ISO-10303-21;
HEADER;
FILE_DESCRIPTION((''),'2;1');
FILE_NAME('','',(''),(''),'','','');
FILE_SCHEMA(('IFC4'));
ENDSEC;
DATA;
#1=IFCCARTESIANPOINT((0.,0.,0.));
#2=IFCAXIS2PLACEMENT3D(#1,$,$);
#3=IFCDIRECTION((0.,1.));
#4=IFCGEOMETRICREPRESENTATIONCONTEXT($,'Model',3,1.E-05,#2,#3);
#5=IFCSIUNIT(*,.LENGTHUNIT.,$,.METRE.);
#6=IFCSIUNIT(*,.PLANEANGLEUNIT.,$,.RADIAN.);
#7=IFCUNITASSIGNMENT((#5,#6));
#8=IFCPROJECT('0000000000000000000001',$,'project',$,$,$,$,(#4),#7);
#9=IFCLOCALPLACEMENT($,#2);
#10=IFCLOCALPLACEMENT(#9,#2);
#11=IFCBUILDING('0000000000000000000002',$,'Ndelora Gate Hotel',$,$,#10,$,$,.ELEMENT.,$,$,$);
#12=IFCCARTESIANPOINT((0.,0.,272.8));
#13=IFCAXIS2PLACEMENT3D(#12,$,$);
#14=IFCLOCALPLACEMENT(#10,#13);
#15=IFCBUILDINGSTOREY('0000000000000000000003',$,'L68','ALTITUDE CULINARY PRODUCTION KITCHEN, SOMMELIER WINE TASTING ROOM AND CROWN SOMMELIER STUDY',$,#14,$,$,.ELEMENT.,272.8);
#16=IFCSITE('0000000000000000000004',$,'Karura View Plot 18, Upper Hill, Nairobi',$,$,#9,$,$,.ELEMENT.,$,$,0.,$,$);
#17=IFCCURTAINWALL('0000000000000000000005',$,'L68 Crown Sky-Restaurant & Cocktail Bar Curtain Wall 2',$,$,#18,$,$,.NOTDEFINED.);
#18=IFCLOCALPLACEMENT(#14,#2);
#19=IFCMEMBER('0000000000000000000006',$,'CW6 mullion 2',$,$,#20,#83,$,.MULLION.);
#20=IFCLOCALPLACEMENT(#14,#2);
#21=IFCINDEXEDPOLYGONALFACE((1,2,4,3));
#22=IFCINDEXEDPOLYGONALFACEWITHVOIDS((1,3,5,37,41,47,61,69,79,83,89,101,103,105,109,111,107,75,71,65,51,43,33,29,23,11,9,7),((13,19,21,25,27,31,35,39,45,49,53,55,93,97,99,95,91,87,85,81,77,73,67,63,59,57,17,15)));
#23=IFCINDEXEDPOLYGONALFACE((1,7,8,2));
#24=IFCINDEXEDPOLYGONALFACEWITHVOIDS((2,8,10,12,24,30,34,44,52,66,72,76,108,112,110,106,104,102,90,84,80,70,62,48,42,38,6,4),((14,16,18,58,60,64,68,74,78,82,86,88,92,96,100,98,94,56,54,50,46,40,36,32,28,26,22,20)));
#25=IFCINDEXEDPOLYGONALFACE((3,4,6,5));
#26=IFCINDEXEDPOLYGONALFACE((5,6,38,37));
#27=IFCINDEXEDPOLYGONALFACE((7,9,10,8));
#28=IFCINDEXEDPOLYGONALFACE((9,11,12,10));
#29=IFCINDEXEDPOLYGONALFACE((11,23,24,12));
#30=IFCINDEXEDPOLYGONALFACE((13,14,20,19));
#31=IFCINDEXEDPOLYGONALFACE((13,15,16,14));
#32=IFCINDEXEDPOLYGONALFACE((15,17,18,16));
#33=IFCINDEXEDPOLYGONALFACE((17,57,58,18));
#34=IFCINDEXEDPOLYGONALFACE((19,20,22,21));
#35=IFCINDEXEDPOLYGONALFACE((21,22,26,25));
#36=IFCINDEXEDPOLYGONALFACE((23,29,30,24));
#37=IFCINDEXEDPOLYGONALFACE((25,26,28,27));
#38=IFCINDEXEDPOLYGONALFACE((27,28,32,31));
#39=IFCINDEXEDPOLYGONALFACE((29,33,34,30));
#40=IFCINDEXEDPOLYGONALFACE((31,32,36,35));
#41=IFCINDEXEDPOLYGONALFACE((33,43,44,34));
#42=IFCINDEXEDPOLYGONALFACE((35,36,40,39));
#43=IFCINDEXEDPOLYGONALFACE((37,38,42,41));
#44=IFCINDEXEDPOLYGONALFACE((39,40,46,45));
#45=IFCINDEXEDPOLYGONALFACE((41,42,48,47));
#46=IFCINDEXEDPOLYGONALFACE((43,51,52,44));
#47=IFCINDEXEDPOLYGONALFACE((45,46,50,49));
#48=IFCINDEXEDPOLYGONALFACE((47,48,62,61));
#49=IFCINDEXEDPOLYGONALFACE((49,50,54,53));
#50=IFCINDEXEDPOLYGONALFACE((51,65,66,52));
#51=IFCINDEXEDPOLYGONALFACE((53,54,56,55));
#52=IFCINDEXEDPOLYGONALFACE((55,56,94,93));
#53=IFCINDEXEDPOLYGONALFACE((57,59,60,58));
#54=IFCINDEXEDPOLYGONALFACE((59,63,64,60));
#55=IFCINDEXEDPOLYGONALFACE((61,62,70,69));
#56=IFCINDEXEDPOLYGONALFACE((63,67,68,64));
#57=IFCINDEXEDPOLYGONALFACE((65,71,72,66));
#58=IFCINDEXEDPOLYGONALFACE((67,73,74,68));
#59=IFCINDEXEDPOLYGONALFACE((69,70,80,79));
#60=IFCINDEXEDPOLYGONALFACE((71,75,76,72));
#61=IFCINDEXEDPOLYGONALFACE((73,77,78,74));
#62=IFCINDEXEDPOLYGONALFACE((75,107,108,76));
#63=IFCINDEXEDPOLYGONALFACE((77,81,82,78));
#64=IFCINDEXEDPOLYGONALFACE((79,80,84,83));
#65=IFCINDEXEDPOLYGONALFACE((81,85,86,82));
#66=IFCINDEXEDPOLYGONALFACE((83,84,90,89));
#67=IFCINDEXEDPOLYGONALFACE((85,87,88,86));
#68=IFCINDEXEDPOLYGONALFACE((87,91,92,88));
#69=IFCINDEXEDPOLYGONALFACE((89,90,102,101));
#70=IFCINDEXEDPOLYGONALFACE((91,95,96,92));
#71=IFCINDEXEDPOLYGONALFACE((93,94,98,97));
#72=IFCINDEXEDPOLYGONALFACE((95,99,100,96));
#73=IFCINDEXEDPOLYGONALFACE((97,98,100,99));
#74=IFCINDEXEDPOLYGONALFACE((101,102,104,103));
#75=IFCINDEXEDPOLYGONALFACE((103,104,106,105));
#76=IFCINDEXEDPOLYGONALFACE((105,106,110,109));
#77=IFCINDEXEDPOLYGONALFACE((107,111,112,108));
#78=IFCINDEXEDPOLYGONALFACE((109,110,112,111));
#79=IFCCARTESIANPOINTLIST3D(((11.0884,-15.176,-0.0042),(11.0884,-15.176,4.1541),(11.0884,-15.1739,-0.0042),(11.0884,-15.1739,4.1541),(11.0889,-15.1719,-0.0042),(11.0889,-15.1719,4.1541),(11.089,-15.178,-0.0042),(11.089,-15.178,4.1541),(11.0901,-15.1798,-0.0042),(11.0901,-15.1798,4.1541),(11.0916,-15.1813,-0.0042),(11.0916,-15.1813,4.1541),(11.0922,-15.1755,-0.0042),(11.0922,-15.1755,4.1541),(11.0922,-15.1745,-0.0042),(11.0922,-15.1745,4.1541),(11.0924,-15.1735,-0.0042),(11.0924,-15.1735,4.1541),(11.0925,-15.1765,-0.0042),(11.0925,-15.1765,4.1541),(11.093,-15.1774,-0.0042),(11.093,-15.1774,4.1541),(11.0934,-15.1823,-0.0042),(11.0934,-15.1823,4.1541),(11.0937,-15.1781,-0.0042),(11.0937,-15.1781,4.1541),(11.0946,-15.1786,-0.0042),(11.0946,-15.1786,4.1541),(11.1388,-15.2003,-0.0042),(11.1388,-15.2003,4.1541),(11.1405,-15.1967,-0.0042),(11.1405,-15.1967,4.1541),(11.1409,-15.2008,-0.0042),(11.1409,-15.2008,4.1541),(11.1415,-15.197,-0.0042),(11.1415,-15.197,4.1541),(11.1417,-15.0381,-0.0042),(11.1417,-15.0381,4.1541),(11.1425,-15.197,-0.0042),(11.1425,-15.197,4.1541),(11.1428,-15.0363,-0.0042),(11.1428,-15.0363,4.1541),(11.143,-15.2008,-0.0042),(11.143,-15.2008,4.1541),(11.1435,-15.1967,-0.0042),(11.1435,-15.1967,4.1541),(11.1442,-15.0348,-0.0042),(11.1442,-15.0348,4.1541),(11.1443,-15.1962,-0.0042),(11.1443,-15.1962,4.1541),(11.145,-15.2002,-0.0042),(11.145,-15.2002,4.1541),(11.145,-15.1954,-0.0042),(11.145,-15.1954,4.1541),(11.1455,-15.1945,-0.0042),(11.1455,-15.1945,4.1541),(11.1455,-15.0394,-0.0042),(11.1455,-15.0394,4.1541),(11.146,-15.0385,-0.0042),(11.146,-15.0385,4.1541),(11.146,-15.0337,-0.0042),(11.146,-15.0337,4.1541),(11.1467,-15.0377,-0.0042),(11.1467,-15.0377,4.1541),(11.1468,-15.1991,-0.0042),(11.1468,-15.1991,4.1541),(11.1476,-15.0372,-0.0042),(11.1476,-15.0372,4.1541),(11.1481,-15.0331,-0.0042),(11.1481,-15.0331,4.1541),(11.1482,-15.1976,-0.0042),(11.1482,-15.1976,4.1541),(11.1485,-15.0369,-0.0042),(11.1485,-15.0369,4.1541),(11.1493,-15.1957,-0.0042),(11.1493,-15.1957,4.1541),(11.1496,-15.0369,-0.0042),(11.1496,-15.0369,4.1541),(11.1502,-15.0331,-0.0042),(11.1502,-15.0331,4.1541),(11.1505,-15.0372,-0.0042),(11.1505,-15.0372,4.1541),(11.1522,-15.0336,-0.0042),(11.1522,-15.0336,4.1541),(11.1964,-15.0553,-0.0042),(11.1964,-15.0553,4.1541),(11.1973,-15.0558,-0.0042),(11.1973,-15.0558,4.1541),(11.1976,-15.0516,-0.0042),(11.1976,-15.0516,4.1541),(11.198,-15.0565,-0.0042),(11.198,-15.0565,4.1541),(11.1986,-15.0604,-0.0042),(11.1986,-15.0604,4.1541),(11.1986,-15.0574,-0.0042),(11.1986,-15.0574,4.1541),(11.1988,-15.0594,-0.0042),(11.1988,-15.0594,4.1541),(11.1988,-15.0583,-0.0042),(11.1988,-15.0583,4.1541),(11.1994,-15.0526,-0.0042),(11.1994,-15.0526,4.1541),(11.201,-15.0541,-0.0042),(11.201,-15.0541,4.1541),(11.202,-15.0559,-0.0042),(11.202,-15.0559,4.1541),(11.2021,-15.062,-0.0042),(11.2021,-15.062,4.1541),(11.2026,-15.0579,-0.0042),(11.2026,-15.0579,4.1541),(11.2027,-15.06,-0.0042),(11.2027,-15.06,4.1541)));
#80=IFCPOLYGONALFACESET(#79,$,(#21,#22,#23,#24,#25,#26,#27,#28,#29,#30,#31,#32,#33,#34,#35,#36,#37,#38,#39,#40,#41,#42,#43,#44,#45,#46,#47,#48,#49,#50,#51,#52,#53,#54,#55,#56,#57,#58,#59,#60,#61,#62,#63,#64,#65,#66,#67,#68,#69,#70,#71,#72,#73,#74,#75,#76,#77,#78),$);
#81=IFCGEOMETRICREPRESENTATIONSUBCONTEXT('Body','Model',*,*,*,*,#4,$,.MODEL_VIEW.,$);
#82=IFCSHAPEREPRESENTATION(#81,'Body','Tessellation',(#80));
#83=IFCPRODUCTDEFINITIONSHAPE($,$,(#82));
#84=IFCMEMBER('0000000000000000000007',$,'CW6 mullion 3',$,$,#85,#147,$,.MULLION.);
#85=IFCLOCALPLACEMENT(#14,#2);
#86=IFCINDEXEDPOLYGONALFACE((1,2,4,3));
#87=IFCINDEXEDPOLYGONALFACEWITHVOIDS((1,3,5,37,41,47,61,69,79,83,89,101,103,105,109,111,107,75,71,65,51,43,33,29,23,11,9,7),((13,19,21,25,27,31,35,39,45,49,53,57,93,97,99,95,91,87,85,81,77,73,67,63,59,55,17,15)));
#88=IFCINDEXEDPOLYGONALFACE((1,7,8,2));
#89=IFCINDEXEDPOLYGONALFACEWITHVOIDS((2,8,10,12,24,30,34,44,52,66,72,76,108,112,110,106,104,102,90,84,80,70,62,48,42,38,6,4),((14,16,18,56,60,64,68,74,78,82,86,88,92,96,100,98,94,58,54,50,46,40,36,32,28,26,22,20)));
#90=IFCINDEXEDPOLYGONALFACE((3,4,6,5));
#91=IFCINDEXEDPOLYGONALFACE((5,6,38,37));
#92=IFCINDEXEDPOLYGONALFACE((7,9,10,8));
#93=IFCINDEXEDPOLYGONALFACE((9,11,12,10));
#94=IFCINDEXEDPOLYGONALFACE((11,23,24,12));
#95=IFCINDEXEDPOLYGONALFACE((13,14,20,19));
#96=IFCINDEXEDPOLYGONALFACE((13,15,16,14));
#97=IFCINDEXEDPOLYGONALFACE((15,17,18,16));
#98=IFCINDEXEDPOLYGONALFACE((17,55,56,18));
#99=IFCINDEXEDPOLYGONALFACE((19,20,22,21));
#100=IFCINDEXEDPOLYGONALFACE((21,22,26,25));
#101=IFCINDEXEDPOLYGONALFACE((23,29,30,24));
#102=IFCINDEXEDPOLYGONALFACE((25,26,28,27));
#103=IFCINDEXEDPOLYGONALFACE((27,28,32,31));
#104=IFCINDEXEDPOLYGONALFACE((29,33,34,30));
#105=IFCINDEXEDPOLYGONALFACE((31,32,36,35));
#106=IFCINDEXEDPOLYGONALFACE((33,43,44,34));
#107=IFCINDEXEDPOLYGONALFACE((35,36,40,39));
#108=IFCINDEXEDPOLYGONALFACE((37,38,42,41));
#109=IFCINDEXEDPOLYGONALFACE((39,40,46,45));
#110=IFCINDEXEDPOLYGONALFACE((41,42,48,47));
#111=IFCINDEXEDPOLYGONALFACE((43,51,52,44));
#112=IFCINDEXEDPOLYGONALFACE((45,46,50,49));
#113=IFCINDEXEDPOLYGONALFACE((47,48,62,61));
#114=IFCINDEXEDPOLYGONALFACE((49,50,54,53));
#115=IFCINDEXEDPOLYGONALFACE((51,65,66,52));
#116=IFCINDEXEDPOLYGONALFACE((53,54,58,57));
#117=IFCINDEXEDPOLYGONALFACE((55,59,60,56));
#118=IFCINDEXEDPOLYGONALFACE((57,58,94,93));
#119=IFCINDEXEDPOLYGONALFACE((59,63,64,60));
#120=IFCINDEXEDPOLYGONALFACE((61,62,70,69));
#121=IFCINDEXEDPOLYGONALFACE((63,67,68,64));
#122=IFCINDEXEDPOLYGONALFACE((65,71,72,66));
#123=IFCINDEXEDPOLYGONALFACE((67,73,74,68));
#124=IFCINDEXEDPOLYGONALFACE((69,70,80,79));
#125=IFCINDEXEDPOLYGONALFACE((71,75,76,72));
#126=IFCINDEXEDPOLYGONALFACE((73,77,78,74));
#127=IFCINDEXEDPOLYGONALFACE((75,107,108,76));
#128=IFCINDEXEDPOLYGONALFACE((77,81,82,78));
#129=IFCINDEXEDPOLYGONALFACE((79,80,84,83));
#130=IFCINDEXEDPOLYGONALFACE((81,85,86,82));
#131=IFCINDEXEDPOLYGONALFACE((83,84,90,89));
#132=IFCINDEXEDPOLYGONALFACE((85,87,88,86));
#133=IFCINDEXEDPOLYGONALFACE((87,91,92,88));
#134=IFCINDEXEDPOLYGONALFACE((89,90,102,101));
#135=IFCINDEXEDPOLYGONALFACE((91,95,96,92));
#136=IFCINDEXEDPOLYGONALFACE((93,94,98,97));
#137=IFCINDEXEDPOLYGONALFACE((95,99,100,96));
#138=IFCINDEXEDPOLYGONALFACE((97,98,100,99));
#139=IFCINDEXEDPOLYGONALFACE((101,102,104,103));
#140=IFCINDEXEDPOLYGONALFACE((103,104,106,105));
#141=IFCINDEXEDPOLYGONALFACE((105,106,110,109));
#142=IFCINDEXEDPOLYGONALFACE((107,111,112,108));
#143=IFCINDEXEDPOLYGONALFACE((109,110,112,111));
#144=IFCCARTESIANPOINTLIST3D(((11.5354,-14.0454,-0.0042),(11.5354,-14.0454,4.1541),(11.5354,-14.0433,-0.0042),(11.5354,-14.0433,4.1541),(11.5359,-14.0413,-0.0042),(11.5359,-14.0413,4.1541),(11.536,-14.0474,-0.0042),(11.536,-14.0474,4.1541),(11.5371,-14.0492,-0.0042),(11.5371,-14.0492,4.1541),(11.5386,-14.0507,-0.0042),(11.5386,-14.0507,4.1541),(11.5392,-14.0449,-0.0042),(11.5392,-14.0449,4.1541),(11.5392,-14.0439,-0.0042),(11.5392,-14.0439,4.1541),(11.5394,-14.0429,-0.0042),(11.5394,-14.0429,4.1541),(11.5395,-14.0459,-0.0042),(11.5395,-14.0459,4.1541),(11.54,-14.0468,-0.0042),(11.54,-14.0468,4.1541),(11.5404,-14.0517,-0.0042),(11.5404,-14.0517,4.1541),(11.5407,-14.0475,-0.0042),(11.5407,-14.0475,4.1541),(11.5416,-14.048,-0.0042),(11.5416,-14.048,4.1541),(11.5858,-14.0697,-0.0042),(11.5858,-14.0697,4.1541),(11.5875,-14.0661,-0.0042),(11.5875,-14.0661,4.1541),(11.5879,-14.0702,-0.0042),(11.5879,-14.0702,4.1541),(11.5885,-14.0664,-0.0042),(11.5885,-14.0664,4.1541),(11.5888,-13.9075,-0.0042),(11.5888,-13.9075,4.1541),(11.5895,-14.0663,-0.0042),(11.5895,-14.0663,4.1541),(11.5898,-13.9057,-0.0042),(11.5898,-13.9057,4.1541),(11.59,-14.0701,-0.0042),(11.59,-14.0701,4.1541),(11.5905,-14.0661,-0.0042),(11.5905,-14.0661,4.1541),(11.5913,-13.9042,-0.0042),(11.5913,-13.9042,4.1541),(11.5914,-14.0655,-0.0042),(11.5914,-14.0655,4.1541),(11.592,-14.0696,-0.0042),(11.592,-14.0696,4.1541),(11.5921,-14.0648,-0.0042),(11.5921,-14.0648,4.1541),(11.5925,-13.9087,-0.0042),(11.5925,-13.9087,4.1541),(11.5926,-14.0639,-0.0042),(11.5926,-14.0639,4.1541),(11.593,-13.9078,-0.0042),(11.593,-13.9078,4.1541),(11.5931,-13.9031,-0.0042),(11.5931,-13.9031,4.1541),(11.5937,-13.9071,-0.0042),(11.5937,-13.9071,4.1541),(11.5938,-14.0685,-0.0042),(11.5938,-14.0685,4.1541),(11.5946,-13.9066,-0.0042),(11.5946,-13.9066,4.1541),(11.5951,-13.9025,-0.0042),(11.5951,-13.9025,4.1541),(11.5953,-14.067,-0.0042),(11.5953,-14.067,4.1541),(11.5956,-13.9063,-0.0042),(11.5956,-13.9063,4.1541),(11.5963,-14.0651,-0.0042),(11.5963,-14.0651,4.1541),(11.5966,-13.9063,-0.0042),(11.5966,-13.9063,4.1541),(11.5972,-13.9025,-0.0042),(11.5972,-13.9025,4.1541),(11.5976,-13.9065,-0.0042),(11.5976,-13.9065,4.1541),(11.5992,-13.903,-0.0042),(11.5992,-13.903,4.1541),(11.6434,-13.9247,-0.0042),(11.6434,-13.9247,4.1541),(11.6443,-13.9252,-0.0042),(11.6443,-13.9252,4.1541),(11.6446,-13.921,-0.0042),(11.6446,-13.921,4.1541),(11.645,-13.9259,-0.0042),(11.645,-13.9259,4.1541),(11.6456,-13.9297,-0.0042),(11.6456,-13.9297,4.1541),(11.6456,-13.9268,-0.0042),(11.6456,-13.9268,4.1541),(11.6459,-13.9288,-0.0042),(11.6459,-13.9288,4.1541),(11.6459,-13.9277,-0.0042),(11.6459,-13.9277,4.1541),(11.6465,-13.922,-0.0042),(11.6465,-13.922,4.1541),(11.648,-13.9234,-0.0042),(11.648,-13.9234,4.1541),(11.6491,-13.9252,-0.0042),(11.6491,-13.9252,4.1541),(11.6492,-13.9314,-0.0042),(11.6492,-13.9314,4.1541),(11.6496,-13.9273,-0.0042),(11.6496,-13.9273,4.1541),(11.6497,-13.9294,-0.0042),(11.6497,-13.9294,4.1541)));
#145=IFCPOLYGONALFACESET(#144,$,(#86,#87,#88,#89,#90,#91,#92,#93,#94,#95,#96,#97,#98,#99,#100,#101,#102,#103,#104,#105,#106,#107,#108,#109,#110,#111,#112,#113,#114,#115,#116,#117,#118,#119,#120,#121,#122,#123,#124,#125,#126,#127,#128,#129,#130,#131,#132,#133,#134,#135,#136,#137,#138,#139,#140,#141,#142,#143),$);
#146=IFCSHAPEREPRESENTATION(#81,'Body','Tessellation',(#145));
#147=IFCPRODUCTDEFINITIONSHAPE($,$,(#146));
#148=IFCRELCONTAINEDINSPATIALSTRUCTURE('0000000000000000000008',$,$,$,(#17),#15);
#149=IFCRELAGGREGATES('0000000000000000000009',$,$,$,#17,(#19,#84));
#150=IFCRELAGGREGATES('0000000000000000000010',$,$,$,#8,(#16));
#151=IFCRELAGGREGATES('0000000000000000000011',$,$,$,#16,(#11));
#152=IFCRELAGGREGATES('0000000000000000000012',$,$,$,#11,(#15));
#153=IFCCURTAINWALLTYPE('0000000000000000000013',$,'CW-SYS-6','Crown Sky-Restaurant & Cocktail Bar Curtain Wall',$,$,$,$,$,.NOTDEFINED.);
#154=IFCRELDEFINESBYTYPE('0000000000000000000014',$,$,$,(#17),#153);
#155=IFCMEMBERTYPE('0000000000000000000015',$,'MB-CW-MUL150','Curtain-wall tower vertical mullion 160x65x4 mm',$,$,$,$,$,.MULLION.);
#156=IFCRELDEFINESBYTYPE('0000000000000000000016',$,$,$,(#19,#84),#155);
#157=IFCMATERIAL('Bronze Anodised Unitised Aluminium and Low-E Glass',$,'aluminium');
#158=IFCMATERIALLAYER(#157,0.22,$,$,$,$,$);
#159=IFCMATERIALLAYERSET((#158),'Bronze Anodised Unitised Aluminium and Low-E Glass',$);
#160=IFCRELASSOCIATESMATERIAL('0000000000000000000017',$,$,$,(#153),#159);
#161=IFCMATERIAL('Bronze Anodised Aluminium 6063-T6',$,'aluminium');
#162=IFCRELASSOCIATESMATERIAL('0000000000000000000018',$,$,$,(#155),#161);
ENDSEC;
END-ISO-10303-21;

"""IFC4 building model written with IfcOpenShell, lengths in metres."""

from ifc_helpers import new_model, si_unit, direction, frame, origin, origin_2d, place, context, subcontext, project, spatial, hollow_rectangle, extrude, material, layer, layer_set, material_profile, profile_set, type_object, element, aggregate, save


model = new_model("IFC4")

# Units and contexts
model_context = context("Model", 3, precision=1e-05, world=origin(), true_north=direction((0.0, 1.0)))
body_context = subcontext(model_context, "Body", "Model", "MODEL_VIEW")
ifc_project = project(units=[si_unit("LENGTHUNIT", "METRE"), si_unit("PLANEANGLEUNIT", "RADIAN")], contexts=[model_context])

# Site, building, storey
site_placement = place(None, origin())
site = spatial("IfcSite", under=ifc_project, at=site_placement, Name="Karura View Plot 18, Upper Hill, Nairobi", CompositionType="ELEMENT", RefElevation=0.0)
building_placement = place(site_placement, origin())
building = spatial("IfcBuilding", under=site, at=building_placement, Name="Ndelora Gate Hotel", CompositionType="ELEMENT")
storey_placement = place(building_placement, frame((0.0, 0.0, 272.8)))
storey = spatial("IfcBuildingStorey", under=building, at=storey_placement, Name="L68", Description="ALTITUDE CULINARY PRODUCTION KITCHEN, SOMMELIER WINE TASTING ROOM AND CROWN SOMMELIER STUDY", CompositionType="ELEMENT", Elevation=272.8)

# Curtain wall, members
ifc_material_1 = material(Name="Bronze Anodised Unitised Aluminium and Low-E Glass", Category="aluminium")
ifc_layer_1 = layer(ifc_material_1, 0.22)
ifc_layer_set_1 = layer_set([ifc_layer_1], Name="Bronze Anodised Unitised Aluminium and Low-E Glass")
curtain_wall_type = type_object("IfcCurtainWallType", Name="CW-SYS-6", Description="Crown Sky-Restaurant & Cocktail Bar Curtain Wall", PredefinedType="NOTDEFINED", material=ifc_layer_set_1)
curtain_wall_placement = place(storey_placement, origin())
curtain_wall = element("IfcCurtainWall", 1, at=curtain_wall_placement, inside=storey, type_object=curtain_wall_type, Name="L68 Crown Sky-Restaurant & Cocktail Bar Curtain Wall 2", PredefinedType="NOTDEFINED")
ifc_material_2 = material(Name="Bronze Anodised Aluminium 6063-T6", Category="aluminium")
ifc_material_profile_1 = material_profile(ifc_material_2, hollow_rectangle(XDim=0.0649, YDim=0.1599, WallThickness=0.0039, InnerFilletRadius=0.0039, OuterFilletRadius=0.0081, at=origin_2d()), Name="ALU 160x65x4")
ifc_profile_set_1 = profile_set([ifc_material_profile_1], Name="Bronze Anodised Aluminium 6063-T6")
member_type_1 = type_object("IfcMemberType", Name="MB-CW-MUL150", Description="Curtain-wall tower vertical mullion 160x65x4 mm", PredefinedType="MULLION", material=ifc_profile_set_1)
member_1_placement = place(storey_placement, frame((11.1455, -15.1169, -0.0042), z_axis=(0.0, 0.0, 1.0), x_axis=(-0.929944, 0.3677, 0.0)))
member_1 = element("IfcMember", 2, at=member_1_placement, type_object=member_type_1, Name="CW6 mullion 2", PredefinedType="MULLION", context=body_context, shape_type="SweptSolid", body=[
    extrude(hollow_rectangle(XDim=0.0649, YDim=0.1599, WallThickness=0.0039, InnerFilletRadius=0.0039, OuterFilletRadius=0.0081, at=origin_2d()), origin(), (0.0, 0.0, 1.0), 4.1582),
])
member_2_placement = place(storey_placement, frame((11.5925, -13.9863, -0.0042), z_axis=(0.0, 0.0, 1.0), x_axis=(-0.929944, 0.3677, 0.0)))
member_2 = element("IfcMember", 3, at=member_2_placement, type_object=member_type_1, Name="CW6 mullion 3", PredefinedType="MULLION", context=body_context, shape_type="SweptSolid", body=[
    extrude(hollow_rectangle(XDim=0.0649, YDim=0.1599, WallThickness=0.0039, InnerFilletRadius=0.0039, OuterFilletRadius=0.0081, at=origin_2d()), origin(), (0.0, 0.0, 1.0), 4.1582),
])
aggregate(curtain_wall, [member_1, member_2])

save(model, "model.ifc")
